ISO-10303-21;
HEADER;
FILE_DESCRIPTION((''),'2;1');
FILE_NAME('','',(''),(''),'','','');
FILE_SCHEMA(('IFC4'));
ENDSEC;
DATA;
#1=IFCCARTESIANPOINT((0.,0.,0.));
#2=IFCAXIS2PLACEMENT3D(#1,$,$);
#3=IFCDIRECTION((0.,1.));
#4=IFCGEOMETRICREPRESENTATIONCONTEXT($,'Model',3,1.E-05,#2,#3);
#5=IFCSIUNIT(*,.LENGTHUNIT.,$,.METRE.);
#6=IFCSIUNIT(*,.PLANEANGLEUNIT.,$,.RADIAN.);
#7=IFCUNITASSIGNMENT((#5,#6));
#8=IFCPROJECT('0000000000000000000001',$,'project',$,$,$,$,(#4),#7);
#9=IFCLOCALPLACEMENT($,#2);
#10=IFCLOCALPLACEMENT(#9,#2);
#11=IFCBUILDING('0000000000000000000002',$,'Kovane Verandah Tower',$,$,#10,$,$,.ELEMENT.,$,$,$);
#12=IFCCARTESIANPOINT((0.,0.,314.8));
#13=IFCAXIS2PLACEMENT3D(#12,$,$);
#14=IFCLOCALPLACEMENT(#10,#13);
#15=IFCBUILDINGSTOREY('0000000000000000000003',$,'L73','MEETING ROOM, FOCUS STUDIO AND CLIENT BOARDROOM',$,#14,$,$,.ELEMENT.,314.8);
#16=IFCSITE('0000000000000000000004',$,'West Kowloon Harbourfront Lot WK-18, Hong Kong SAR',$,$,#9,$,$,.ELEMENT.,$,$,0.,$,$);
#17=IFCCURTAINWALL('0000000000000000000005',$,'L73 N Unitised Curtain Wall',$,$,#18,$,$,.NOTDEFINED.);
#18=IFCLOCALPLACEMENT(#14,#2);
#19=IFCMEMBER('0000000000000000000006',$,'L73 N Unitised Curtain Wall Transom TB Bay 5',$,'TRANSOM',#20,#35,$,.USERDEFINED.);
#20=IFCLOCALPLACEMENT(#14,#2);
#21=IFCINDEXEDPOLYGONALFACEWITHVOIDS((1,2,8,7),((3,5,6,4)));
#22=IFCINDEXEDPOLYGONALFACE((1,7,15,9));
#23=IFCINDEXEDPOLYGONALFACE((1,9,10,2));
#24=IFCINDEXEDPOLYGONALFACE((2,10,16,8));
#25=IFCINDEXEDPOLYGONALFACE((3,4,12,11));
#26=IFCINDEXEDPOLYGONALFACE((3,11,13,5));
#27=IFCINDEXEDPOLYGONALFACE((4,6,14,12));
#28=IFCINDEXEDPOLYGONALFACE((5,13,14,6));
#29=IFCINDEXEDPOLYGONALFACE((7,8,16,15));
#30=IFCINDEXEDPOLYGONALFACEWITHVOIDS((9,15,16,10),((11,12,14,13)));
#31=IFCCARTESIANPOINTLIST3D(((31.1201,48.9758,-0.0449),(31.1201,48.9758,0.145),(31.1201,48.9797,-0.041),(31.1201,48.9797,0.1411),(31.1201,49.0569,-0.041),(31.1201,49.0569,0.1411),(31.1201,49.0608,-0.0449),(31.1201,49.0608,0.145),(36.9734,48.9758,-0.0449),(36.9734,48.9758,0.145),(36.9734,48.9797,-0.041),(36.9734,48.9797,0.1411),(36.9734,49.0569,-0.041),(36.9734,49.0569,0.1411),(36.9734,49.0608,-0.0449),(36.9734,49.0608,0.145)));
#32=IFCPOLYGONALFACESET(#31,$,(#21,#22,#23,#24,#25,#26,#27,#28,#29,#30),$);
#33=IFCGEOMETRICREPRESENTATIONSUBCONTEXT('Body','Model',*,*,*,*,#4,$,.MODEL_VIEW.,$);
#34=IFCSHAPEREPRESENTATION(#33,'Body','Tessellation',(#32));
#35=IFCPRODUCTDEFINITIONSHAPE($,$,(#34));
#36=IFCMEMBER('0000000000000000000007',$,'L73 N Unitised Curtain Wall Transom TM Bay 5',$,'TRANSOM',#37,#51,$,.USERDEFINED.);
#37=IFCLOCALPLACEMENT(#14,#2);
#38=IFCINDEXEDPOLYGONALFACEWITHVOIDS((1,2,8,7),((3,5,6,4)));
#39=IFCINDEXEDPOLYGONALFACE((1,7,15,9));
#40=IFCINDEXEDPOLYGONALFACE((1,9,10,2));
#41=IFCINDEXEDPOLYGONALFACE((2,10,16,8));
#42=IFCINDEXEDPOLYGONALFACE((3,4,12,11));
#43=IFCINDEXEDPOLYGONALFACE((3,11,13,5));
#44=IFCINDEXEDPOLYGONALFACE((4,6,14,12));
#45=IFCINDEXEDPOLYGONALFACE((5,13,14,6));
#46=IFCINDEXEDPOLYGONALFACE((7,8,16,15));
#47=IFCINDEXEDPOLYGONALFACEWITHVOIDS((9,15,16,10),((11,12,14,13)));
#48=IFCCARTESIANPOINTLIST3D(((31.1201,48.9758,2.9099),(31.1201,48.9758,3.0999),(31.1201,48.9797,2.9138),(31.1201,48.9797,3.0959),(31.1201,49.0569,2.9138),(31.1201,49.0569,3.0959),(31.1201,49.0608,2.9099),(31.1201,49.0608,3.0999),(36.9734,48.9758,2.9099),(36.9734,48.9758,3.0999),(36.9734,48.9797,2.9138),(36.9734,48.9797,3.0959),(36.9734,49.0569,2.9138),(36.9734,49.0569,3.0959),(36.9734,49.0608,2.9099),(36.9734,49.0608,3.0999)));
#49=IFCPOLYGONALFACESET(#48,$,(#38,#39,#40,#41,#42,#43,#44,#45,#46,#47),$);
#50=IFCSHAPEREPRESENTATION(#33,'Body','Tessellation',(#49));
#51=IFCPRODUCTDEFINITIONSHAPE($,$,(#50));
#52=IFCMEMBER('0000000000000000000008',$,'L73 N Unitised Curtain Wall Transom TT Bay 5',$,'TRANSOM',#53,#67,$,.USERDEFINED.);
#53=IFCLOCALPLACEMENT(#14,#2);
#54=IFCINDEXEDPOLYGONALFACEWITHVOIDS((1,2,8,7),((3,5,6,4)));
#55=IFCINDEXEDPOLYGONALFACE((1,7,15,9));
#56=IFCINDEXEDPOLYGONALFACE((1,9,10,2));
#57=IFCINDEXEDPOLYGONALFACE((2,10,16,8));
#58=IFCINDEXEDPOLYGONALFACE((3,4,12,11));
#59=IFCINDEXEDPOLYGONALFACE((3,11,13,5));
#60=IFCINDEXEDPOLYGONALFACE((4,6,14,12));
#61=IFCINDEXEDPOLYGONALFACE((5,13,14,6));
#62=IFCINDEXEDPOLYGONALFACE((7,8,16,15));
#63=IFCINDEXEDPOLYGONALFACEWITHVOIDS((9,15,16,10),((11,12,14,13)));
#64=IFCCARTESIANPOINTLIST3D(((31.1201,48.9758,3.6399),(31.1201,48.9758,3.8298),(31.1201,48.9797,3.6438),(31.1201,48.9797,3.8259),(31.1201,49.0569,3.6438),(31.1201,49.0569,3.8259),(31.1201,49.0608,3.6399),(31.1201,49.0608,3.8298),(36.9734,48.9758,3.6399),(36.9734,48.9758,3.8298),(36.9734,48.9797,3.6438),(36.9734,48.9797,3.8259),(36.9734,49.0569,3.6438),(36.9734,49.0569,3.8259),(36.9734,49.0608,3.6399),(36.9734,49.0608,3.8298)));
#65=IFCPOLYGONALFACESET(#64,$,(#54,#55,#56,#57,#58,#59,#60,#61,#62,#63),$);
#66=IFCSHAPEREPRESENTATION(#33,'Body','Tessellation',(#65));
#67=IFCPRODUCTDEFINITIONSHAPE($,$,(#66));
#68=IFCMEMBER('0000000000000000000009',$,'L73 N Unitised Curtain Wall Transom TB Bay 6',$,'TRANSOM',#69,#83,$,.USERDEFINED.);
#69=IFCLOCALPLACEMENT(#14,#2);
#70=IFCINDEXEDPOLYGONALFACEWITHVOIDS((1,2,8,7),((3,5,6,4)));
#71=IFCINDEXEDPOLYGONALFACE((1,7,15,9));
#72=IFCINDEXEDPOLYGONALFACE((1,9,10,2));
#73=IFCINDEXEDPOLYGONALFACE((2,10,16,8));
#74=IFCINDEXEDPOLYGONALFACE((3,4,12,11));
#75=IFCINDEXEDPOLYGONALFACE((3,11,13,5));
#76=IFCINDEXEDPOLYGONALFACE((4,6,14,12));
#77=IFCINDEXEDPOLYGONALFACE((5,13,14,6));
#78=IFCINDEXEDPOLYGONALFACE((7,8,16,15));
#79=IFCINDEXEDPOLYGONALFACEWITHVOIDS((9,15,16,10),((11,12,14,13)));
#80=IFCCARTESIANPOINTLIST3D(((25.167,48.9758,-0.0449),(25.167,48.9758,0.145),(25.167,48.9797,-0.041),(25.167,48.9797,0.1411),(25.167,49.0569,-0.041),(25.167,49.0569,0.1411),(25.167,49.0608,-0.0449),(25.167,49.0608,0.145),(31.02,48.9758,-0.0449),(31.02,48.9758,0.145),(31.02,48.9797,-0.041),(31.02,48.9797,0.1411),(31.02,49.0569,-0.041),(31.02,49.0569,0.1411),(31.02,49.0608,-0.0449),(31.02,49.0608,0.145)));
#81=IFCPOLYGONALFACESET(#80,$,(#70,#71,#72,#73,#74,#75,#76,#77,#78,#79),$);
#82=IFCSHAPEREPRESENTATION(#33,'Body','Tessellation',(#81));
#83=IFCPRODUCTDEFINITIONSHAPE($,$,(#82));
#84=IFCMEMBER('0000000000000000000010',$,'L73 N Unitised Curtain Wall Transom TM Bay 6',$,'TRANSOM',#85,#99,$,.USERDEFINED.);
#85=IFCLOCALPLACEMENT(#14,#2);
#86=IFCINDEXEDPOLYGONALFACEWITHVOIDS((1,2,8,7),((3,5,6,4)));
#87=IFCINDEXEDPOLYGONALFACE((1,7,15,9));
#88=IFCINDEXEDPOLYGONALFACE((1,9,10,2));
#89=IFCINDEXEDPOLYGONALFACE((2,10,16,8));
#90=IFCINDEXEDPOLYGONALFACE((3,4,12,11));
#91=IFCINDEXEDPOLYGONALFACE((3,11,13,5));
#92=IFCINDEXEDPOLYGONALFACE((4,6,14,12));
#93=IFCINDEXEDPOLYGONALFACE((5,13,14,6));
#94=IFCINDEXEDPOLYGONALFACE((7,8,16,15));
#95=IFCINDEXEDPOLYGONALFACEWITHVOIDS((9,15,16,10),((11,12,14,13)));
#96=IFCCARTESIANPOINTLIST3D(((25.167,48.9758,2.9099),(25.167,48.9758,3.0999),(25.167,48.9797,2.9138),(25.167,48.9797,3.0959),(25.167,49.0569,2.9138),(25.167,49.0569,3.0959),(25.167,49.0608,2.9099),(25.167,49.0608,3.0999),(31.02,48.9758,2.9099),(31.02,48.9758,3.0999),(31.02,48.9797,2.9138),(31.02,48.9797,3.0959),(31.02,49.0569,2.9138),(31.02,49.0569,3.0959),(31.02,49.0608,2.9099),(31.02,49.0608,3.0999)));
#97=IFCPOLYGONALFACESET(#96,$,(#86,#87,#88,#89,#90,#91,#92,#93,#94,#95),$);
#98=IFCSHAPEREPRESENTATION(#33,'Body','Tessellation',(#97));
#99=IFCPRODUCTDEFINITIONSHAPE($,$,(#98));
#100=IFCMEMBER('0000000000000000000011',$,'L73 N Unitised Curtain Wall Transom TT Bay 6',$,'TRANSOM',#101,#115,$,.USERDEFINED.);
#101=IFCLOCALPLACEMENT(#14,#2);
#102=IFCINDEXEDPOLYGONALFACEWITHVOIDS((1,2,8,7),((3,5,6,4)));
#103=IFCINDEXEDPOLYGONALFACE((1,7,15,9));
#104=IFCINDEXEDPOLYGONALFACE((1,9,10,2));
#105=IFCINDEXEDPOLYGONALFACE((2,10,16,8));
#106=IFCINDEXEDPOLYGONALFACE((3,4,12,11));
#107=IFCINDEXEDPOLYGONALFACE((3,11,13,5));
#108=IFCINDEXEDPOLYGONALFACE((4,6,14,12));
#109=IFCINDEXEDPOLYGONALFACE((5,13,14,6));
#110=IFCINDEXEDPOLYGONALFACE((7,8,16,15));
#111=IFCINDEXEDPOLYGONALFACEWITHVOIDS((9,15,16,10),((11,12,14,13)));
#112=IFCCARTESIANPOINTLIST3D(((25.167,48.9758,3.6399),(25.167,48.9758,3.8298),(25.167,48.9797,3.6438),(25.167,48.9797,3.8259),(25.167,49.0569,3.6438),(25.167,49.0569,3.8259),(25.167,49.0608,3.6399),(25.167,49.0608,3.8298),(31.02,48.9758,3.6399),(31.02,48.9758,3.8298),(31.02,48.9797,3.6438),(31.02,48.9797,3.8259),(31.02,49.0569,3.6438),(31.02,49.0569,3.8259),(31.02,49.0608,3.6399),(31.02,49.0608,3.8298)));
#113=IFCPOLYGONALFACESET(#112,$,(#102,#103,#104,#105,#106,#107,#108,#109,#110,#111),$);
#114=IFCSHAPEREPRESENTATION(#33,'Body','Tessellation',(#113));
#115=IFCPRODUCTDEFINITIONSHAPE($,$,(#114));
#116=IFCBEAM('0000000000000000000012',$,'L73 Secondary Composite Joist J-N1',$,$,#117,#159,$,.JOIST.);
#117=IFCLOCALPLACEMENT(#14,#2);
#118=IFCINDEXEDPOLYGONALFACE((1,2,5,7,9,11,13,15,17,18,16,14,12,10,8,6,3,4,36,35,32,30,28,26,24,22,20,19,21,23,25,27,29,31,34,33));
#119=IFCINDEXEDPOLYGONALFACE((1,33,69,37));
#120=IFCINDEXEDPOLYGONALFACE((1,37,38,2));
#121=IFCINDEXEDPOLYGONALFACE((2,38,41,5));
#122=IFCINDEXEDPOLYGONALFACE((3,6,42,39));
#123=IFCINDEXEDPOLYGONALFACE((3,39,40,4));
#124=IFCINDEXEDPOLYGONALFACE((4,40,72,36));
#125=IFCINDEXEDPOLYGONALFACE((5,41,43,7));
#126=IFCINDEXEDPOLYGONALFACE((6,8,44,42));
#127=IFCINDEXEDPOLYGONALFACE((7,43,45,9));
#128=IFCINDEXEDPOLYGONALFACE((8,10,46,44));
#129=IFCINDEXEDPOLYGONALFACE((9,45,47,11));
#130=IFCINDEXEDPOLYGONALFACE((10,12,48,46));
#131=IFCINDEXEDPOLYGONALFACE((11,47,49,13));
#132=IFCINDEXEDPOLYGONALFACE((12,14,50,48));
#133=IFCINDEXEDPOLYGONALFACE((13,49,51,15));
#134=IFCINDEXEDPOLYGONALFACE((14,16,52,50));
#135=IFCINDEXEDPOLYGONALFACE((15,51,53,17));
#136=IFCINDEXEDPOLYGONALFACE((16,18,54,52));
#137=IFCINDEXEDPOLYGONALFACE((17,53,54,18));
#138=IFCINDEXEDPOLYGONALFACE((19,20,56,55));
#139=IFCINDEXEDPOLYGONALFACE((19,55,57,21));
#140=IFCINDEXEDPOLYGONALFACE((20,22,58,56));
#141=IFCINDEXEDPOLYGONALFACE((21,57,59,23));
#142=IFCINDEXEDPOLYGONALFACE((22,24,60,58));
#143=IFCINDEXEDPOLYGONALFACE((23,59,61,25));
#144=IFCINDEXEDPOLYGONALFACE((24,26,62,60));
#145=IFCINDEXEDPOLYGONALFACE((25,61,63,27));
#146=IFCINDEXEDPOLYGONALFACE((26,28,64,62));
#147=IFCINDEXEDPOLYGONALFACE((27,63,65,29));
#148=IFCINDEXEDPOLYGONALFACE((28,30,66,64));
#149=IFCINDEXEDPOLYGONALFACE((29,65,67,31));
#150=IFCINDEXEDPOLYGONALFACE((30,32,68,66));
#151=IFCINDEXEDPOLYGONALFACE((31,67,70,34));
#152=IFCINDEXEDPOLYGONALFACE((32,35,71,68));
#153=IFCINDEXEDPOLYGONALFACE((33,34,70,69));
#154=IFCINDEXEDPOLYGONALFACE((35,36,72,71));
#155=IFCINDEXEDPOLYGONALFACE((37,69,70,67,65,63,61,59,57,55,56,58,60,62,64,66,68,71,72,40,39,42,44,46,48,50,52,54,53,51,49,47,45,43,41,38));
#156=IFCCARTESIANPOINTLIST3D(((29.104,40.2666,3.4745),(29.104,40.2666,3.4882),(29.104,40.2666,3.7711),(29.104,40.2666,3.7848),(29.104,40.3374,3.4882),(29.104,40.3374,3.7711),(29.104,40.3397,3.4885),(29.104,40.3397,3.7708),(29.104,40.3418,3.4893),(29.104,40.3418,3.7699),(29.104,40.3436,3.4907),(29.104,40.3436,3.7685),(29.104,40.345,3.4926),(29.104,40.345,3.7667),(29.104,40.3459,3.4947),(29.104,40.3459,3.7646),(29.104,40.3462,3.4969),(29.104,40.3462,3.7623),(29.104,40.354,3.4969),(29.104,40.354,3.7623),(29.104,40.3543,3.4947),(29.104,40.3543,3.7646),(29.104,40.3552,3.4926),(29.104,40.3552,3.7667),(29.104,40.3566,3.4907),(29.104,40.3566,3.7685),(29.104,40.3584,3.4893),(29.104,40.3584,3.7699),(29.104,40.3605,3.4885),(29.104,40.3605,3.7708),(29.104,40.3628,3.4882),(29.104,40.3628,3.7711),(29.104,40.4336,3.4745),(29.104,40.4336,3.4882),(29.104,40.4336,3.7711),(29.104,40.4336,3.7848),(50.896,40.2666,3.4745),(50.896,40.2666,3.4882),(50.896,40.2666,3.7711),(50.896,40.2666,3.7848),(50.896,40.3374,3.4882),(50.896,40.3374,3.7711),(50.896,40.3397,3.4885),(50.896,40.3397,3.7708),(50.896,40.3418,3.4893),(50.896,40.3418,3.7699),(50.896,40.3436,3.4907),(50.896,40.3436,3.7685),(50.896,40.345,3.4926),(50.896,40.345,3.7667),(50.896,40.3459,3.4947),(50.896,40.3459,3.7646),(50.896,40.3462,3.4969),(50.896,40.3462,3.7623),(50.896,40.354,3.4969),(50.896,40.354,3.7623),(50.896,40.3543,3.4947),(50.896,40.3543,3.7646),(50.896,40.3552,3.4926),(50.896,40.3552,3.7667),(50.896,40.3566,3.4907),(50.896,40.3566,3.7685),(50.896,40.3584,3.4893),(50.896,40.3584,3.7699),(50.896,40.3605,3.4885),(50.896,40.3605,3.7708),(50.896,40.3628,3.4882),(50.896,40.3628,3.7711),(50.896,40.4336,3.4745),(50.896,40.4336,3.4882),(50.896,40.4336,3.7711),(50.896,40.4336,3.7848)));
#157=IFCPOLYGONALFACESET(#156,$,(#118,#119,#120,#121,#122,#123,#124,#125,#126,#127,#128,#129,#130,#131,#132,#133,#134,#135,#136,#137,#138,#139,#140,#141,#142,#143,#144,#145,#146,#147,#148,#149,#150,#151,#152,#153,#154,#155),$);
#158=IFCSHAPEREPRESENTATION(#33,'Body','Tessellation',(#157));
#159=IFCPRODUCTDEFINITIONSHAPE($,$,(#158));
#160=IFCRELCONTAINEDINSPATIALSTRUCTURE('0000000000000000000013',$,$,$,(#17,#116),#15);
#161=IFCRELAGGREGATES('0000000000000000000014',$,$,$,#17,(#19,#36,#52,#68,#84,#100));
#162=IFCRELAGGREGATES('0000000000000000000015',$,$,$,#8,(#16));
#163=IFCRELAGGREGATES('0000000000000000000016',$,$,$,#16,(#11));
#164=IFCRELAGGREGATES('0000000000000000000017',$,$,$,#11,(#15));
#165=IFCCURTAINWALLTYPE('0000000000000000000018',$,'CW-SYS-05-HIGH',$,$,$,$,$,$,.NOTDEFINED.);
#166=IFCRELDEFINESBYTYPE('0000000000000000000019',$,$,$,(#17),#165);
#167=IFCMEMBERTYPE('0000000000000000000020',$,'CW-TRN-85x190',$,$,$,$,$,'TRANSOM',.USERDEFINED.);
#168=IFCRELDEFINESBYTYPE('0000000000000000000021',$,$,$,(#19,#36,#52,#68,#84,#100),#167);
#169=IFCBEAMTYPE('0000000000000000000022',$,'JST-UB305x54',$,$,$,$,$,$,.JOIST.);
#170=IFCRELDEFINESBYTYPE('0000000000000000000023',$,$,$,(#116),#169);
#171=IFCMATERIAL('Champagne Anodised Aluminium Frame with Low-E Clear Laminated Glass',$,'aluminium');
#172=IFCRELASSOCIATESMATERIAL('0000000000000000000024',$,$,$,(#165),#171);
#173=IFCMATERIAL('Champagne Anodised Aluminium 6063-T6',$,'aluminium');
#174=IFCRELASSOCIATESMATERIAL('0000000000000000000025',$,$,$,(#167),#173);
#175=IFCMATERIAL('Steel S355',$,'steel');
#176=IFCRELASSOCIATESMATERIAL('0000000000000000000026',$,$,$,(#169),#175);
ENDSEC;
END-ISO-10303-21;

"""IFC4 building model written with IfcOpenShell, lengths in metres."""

from ifc_helpers import new_model, si_unit, direction, frame, origin, origin_2d, place, context, subcontext, project, spatial, hollow_rectangle, i_section, extrude, material, material_profile, profile_set, type_object, element, aggregate, save


model = new_model("IFC4")

# Units and contexts
model_context = context("Model", 3, precision=1e-05, world=origin(), true_north=direction((0.0, 1.0)))
body_context = subcontext(model_context, "Body", "Model", "MODEL_VIEW")
ifc_project = project(units=[si_unit("LENGTHUNIT", "METRE"), si_unit("PLANEANGLEUNIT", "RADIAN")], contexts=[model_context])

# Site, building, storey
site_placement = place(None, origin())
site = spatial("IfcSite", under=ifc_project, at=site_placement, Name="West Kowloon Harbourfront Lot WK-18, Hong Kong SAR", CompositionType="ELEMENT", RefElevation=0.0)
building_placement = place(site_placement, origin())
building = spatial("IfcBuilding", under=site, at=building_placement, Name="Kovane Verandah Tower", CompositionType="ELEMENT")
storey_placement = place(building_placement, frame((0.0, 0.0, 314.8)))
storey = spatial("IfcBuildingStorey", under=building, at=storey_placement, Name="L73", Description="MEETING ROOM, FOCUS STUDIO AND CLIENT BOARDROOM", CompositionType="ELEMENT", Elevation=314.8)

# Shared definitions
ifc_material_1 = material(Name="Steel S355", Category="steel")

# Curtain wall, members
ifc_material_2 = material(Name="Champagne Anodised Aluminium Frame with Low-E Clear Laminated Glass", Category="aluminium")
curtain_wall_type = type_object("IfcCurtainWallType", Name="CW-SYS-05-HIGH", PredefinedType="NOTDEFINED", material=ifc_material_2)
curtain_wall_placement = place(storey_placement, origin())
curtain_wall = element("IfcCurtainWall", 1, at=curtain_wall_placement, inside=storey, type_object=curtain_wall_type, Name="L73 N Unitised Curtain Wall", PredefinedType="NOTDEFINED")
ifc_material_3 = material(Name="Champagne Anodised Aluminium 6063-T6", Category="aluminium")
ifc_material_profile_1 = material_profile(ifc_material_3, hollow_rectangle(XDim=0.085, YDim=0.1899, WallThickness=0.0039, at=origin_2d()), Name="AL85x190x4")
ifc_profile_set_1 = profile_set([ifc_material_profile_1], Name="Champagne Anodised Aluminium 6063-T6")
member_type_1 = type_object("IfcMemberType", Name="CW-TRN-85x190", ElementType="TRANSOM", PredefinedType="USERDEFINED", material=ifc_profile_set_1)
member_1_placement = place(storey_placement, frame((36.9734, 49.0183, 0.05), z_axis=(-1.0, 0.0, 0.0), x_axis=(0.0, -1.0, 0.0)))
member_1 = element("IfcMember", 2, at=member_1_placement, type_object=member_type_1, Name="L73 N Unitised Curtain Wall Transom TB Bay 5", ObjectType="TRANSOM", PredefinedType="USERDEFINED", context=body_context, shape_type="SweptSolid", body=[
    extrude(hollow_rectangle(XDim=0.085, YDim=0.1899, WallThickness=0.0039, at=origin_2d()), origin(), (0.0, 0.0, 1.0), 5.8533),
])
member_2_placement = place(storey_placement, frame((36.9734, 49.0183, 3.0049), z_axis=(-1.0, 0.0, 0.0), x_axis=(0.0, -1.0, 0.0)))
member_2 = element("IfcMember", 3, at=member_2_placement, type_object=member_type_1, Name="L73 N Unitised Curtain Wall Transom TM Bay 5", ObjectType="TRANSOM", PredefinedType="USERDEFINED", context=body_context, shape_type="SweptSolid", body=[
    extrude(hollow_rectangle(XDim=0.085, YDim=0.1899, WallThickness=0.0039, at=origin_2d()), origin(), (0.0, 0.0, 1.0), 5.8533),
])
member_3_placement = place(storey_placement, frame((36.9734, 49.0183, 3.7349), z_axis=(-1.0, 0.0, 0.0), x_axis=(0.0, -1.0, 0.0)))
member_3 = element("IfcMember", 4, at=member_3_placement, type_object=member_type_1, Name="L73 N Unitised Curtain Wall Transom TT Bay 5", ObjectType="TRANSOM", PredefinedType="USERDEFINED", context=body_context, shape_type="SweptSolid", body=[
    extrude(hollow_rectangle(XDim=0.085, YDim=0.1899, WallThickness=0.0039, at=origin_2d()), origin(), (0.0, 0.0, 1.0), 5.8533),
])
member_4_placement = place(storey_placement, frame((31.02, 49.0183, 0.05), z_axis=(-1.0, 0.0, 0.0), x_axis=(0.0, -1.0, 0.0)))
member_4 = element("IfcMember", 5, at=member_4_placement, type_object=member_type_1, Name="L73 N Unitised Curtain Wall Transom TB Bay 6", ObjectType="TRANSOM", PredefinedType="USERDEFINED", context=body_context, shape_type="SweptSolid", body=[
    extrude(hollow_rectangle(XDim=0.085, YDim=0.1899, WallThickness=0.0039, at=origin_2d()), origin(), (0.0, 0.0, 1.0), 5.853),
])
member_5_placement = place(storey_placement, frame((31.02, 49.0183, 3.0049), z_axis=(-1.0, 0.0, 0.0), x_axis=(0.0, -1.0, 0.0)))
member_5 = element("IfcMember", 6, at=member_5_placement, type_object=member_type_1, Name="L73 N Unitised Curtain Wall Transom TM Bay 6", ObjectType="TRANSOM", PredefinedType="USERDEFINED", context=body_context, shape_type="SweptSolid", body=[
    extrude(hollow_rectangle(XDim=0.085, YDim=0.1899, WallThickness=0.0039, at=origin_2d()), origin(), (0.0, 0.0, 1.0), 5.853),
])
member_6_placement = place(storey_placement, frame((31.02, 49.0183, 3.7349), z_axis=(-1.0, 0.0, 0.0), x_axis=(0.0, -1.0, 0.0)))
member_6 = element("IfcMember", 7, at=member_6_placement, type_object=member_type_1, Name="L73 N Unitised Curtain Wall Transom TT Bay 6", ObjectType="TRANSOM", PredefinedType="USERDEFINED", context=body_context, shape_type="SweptSolid", body=[
    extrude(hollow_rectangle(XDim=0.085, YDim=0.1899, WallThickness=0.0039, at=origin_2d()), origin(), (0.0, 0.0, 1.0), 5.853),
])

# Beam
ifc_material_profile_2 = material_profile(ifc_material_1, i_section(OverallWidth=0.167, OverallDepth=0.3103, WebThickness=0.0078, FlangeThickness=0.0137, FilletRadius=0.0088, at=origin_2d()), Name="UB305x165x54")
ifc_profile_set_2 = profile_set([ifc_material_profile_2], Name="Steel S355")
beam_type_1 = type_object("IfcBeamType", Name="JST-UB305x54", PredefinedType="JOIST", material=ifc_profile_set_2)
beam_1_placement = place(storey_placement, frame((29.104, 40.3501, 3.6296), z_axis=(1.0, 0.0, 0.0), x_axis=(0.0, 1.0, 0.0)))
element("IfcBeam", 8, at=beam_1_placement, inside=storey, type_object=beam_type_1, Name="L73 Secondary Composite Joist J-N1", PredefinedType="JOIST", context=body_context, shape_type="SweptSolid", body=[
    extrude(i_section(OverallWidth=0.167, OverallDepth=0.3103, WebThickness=0.0078, FlangeThickness=0.0137, FilletRadius=0.0088, at=origin_2d()), origin(), (0.0, 0.0, 1.0), 21.792),
])

aggregate(curtain_wall, [member_1, member_2, member_3, member_4, member_5, member_6])

save(model, "model.ifc")
